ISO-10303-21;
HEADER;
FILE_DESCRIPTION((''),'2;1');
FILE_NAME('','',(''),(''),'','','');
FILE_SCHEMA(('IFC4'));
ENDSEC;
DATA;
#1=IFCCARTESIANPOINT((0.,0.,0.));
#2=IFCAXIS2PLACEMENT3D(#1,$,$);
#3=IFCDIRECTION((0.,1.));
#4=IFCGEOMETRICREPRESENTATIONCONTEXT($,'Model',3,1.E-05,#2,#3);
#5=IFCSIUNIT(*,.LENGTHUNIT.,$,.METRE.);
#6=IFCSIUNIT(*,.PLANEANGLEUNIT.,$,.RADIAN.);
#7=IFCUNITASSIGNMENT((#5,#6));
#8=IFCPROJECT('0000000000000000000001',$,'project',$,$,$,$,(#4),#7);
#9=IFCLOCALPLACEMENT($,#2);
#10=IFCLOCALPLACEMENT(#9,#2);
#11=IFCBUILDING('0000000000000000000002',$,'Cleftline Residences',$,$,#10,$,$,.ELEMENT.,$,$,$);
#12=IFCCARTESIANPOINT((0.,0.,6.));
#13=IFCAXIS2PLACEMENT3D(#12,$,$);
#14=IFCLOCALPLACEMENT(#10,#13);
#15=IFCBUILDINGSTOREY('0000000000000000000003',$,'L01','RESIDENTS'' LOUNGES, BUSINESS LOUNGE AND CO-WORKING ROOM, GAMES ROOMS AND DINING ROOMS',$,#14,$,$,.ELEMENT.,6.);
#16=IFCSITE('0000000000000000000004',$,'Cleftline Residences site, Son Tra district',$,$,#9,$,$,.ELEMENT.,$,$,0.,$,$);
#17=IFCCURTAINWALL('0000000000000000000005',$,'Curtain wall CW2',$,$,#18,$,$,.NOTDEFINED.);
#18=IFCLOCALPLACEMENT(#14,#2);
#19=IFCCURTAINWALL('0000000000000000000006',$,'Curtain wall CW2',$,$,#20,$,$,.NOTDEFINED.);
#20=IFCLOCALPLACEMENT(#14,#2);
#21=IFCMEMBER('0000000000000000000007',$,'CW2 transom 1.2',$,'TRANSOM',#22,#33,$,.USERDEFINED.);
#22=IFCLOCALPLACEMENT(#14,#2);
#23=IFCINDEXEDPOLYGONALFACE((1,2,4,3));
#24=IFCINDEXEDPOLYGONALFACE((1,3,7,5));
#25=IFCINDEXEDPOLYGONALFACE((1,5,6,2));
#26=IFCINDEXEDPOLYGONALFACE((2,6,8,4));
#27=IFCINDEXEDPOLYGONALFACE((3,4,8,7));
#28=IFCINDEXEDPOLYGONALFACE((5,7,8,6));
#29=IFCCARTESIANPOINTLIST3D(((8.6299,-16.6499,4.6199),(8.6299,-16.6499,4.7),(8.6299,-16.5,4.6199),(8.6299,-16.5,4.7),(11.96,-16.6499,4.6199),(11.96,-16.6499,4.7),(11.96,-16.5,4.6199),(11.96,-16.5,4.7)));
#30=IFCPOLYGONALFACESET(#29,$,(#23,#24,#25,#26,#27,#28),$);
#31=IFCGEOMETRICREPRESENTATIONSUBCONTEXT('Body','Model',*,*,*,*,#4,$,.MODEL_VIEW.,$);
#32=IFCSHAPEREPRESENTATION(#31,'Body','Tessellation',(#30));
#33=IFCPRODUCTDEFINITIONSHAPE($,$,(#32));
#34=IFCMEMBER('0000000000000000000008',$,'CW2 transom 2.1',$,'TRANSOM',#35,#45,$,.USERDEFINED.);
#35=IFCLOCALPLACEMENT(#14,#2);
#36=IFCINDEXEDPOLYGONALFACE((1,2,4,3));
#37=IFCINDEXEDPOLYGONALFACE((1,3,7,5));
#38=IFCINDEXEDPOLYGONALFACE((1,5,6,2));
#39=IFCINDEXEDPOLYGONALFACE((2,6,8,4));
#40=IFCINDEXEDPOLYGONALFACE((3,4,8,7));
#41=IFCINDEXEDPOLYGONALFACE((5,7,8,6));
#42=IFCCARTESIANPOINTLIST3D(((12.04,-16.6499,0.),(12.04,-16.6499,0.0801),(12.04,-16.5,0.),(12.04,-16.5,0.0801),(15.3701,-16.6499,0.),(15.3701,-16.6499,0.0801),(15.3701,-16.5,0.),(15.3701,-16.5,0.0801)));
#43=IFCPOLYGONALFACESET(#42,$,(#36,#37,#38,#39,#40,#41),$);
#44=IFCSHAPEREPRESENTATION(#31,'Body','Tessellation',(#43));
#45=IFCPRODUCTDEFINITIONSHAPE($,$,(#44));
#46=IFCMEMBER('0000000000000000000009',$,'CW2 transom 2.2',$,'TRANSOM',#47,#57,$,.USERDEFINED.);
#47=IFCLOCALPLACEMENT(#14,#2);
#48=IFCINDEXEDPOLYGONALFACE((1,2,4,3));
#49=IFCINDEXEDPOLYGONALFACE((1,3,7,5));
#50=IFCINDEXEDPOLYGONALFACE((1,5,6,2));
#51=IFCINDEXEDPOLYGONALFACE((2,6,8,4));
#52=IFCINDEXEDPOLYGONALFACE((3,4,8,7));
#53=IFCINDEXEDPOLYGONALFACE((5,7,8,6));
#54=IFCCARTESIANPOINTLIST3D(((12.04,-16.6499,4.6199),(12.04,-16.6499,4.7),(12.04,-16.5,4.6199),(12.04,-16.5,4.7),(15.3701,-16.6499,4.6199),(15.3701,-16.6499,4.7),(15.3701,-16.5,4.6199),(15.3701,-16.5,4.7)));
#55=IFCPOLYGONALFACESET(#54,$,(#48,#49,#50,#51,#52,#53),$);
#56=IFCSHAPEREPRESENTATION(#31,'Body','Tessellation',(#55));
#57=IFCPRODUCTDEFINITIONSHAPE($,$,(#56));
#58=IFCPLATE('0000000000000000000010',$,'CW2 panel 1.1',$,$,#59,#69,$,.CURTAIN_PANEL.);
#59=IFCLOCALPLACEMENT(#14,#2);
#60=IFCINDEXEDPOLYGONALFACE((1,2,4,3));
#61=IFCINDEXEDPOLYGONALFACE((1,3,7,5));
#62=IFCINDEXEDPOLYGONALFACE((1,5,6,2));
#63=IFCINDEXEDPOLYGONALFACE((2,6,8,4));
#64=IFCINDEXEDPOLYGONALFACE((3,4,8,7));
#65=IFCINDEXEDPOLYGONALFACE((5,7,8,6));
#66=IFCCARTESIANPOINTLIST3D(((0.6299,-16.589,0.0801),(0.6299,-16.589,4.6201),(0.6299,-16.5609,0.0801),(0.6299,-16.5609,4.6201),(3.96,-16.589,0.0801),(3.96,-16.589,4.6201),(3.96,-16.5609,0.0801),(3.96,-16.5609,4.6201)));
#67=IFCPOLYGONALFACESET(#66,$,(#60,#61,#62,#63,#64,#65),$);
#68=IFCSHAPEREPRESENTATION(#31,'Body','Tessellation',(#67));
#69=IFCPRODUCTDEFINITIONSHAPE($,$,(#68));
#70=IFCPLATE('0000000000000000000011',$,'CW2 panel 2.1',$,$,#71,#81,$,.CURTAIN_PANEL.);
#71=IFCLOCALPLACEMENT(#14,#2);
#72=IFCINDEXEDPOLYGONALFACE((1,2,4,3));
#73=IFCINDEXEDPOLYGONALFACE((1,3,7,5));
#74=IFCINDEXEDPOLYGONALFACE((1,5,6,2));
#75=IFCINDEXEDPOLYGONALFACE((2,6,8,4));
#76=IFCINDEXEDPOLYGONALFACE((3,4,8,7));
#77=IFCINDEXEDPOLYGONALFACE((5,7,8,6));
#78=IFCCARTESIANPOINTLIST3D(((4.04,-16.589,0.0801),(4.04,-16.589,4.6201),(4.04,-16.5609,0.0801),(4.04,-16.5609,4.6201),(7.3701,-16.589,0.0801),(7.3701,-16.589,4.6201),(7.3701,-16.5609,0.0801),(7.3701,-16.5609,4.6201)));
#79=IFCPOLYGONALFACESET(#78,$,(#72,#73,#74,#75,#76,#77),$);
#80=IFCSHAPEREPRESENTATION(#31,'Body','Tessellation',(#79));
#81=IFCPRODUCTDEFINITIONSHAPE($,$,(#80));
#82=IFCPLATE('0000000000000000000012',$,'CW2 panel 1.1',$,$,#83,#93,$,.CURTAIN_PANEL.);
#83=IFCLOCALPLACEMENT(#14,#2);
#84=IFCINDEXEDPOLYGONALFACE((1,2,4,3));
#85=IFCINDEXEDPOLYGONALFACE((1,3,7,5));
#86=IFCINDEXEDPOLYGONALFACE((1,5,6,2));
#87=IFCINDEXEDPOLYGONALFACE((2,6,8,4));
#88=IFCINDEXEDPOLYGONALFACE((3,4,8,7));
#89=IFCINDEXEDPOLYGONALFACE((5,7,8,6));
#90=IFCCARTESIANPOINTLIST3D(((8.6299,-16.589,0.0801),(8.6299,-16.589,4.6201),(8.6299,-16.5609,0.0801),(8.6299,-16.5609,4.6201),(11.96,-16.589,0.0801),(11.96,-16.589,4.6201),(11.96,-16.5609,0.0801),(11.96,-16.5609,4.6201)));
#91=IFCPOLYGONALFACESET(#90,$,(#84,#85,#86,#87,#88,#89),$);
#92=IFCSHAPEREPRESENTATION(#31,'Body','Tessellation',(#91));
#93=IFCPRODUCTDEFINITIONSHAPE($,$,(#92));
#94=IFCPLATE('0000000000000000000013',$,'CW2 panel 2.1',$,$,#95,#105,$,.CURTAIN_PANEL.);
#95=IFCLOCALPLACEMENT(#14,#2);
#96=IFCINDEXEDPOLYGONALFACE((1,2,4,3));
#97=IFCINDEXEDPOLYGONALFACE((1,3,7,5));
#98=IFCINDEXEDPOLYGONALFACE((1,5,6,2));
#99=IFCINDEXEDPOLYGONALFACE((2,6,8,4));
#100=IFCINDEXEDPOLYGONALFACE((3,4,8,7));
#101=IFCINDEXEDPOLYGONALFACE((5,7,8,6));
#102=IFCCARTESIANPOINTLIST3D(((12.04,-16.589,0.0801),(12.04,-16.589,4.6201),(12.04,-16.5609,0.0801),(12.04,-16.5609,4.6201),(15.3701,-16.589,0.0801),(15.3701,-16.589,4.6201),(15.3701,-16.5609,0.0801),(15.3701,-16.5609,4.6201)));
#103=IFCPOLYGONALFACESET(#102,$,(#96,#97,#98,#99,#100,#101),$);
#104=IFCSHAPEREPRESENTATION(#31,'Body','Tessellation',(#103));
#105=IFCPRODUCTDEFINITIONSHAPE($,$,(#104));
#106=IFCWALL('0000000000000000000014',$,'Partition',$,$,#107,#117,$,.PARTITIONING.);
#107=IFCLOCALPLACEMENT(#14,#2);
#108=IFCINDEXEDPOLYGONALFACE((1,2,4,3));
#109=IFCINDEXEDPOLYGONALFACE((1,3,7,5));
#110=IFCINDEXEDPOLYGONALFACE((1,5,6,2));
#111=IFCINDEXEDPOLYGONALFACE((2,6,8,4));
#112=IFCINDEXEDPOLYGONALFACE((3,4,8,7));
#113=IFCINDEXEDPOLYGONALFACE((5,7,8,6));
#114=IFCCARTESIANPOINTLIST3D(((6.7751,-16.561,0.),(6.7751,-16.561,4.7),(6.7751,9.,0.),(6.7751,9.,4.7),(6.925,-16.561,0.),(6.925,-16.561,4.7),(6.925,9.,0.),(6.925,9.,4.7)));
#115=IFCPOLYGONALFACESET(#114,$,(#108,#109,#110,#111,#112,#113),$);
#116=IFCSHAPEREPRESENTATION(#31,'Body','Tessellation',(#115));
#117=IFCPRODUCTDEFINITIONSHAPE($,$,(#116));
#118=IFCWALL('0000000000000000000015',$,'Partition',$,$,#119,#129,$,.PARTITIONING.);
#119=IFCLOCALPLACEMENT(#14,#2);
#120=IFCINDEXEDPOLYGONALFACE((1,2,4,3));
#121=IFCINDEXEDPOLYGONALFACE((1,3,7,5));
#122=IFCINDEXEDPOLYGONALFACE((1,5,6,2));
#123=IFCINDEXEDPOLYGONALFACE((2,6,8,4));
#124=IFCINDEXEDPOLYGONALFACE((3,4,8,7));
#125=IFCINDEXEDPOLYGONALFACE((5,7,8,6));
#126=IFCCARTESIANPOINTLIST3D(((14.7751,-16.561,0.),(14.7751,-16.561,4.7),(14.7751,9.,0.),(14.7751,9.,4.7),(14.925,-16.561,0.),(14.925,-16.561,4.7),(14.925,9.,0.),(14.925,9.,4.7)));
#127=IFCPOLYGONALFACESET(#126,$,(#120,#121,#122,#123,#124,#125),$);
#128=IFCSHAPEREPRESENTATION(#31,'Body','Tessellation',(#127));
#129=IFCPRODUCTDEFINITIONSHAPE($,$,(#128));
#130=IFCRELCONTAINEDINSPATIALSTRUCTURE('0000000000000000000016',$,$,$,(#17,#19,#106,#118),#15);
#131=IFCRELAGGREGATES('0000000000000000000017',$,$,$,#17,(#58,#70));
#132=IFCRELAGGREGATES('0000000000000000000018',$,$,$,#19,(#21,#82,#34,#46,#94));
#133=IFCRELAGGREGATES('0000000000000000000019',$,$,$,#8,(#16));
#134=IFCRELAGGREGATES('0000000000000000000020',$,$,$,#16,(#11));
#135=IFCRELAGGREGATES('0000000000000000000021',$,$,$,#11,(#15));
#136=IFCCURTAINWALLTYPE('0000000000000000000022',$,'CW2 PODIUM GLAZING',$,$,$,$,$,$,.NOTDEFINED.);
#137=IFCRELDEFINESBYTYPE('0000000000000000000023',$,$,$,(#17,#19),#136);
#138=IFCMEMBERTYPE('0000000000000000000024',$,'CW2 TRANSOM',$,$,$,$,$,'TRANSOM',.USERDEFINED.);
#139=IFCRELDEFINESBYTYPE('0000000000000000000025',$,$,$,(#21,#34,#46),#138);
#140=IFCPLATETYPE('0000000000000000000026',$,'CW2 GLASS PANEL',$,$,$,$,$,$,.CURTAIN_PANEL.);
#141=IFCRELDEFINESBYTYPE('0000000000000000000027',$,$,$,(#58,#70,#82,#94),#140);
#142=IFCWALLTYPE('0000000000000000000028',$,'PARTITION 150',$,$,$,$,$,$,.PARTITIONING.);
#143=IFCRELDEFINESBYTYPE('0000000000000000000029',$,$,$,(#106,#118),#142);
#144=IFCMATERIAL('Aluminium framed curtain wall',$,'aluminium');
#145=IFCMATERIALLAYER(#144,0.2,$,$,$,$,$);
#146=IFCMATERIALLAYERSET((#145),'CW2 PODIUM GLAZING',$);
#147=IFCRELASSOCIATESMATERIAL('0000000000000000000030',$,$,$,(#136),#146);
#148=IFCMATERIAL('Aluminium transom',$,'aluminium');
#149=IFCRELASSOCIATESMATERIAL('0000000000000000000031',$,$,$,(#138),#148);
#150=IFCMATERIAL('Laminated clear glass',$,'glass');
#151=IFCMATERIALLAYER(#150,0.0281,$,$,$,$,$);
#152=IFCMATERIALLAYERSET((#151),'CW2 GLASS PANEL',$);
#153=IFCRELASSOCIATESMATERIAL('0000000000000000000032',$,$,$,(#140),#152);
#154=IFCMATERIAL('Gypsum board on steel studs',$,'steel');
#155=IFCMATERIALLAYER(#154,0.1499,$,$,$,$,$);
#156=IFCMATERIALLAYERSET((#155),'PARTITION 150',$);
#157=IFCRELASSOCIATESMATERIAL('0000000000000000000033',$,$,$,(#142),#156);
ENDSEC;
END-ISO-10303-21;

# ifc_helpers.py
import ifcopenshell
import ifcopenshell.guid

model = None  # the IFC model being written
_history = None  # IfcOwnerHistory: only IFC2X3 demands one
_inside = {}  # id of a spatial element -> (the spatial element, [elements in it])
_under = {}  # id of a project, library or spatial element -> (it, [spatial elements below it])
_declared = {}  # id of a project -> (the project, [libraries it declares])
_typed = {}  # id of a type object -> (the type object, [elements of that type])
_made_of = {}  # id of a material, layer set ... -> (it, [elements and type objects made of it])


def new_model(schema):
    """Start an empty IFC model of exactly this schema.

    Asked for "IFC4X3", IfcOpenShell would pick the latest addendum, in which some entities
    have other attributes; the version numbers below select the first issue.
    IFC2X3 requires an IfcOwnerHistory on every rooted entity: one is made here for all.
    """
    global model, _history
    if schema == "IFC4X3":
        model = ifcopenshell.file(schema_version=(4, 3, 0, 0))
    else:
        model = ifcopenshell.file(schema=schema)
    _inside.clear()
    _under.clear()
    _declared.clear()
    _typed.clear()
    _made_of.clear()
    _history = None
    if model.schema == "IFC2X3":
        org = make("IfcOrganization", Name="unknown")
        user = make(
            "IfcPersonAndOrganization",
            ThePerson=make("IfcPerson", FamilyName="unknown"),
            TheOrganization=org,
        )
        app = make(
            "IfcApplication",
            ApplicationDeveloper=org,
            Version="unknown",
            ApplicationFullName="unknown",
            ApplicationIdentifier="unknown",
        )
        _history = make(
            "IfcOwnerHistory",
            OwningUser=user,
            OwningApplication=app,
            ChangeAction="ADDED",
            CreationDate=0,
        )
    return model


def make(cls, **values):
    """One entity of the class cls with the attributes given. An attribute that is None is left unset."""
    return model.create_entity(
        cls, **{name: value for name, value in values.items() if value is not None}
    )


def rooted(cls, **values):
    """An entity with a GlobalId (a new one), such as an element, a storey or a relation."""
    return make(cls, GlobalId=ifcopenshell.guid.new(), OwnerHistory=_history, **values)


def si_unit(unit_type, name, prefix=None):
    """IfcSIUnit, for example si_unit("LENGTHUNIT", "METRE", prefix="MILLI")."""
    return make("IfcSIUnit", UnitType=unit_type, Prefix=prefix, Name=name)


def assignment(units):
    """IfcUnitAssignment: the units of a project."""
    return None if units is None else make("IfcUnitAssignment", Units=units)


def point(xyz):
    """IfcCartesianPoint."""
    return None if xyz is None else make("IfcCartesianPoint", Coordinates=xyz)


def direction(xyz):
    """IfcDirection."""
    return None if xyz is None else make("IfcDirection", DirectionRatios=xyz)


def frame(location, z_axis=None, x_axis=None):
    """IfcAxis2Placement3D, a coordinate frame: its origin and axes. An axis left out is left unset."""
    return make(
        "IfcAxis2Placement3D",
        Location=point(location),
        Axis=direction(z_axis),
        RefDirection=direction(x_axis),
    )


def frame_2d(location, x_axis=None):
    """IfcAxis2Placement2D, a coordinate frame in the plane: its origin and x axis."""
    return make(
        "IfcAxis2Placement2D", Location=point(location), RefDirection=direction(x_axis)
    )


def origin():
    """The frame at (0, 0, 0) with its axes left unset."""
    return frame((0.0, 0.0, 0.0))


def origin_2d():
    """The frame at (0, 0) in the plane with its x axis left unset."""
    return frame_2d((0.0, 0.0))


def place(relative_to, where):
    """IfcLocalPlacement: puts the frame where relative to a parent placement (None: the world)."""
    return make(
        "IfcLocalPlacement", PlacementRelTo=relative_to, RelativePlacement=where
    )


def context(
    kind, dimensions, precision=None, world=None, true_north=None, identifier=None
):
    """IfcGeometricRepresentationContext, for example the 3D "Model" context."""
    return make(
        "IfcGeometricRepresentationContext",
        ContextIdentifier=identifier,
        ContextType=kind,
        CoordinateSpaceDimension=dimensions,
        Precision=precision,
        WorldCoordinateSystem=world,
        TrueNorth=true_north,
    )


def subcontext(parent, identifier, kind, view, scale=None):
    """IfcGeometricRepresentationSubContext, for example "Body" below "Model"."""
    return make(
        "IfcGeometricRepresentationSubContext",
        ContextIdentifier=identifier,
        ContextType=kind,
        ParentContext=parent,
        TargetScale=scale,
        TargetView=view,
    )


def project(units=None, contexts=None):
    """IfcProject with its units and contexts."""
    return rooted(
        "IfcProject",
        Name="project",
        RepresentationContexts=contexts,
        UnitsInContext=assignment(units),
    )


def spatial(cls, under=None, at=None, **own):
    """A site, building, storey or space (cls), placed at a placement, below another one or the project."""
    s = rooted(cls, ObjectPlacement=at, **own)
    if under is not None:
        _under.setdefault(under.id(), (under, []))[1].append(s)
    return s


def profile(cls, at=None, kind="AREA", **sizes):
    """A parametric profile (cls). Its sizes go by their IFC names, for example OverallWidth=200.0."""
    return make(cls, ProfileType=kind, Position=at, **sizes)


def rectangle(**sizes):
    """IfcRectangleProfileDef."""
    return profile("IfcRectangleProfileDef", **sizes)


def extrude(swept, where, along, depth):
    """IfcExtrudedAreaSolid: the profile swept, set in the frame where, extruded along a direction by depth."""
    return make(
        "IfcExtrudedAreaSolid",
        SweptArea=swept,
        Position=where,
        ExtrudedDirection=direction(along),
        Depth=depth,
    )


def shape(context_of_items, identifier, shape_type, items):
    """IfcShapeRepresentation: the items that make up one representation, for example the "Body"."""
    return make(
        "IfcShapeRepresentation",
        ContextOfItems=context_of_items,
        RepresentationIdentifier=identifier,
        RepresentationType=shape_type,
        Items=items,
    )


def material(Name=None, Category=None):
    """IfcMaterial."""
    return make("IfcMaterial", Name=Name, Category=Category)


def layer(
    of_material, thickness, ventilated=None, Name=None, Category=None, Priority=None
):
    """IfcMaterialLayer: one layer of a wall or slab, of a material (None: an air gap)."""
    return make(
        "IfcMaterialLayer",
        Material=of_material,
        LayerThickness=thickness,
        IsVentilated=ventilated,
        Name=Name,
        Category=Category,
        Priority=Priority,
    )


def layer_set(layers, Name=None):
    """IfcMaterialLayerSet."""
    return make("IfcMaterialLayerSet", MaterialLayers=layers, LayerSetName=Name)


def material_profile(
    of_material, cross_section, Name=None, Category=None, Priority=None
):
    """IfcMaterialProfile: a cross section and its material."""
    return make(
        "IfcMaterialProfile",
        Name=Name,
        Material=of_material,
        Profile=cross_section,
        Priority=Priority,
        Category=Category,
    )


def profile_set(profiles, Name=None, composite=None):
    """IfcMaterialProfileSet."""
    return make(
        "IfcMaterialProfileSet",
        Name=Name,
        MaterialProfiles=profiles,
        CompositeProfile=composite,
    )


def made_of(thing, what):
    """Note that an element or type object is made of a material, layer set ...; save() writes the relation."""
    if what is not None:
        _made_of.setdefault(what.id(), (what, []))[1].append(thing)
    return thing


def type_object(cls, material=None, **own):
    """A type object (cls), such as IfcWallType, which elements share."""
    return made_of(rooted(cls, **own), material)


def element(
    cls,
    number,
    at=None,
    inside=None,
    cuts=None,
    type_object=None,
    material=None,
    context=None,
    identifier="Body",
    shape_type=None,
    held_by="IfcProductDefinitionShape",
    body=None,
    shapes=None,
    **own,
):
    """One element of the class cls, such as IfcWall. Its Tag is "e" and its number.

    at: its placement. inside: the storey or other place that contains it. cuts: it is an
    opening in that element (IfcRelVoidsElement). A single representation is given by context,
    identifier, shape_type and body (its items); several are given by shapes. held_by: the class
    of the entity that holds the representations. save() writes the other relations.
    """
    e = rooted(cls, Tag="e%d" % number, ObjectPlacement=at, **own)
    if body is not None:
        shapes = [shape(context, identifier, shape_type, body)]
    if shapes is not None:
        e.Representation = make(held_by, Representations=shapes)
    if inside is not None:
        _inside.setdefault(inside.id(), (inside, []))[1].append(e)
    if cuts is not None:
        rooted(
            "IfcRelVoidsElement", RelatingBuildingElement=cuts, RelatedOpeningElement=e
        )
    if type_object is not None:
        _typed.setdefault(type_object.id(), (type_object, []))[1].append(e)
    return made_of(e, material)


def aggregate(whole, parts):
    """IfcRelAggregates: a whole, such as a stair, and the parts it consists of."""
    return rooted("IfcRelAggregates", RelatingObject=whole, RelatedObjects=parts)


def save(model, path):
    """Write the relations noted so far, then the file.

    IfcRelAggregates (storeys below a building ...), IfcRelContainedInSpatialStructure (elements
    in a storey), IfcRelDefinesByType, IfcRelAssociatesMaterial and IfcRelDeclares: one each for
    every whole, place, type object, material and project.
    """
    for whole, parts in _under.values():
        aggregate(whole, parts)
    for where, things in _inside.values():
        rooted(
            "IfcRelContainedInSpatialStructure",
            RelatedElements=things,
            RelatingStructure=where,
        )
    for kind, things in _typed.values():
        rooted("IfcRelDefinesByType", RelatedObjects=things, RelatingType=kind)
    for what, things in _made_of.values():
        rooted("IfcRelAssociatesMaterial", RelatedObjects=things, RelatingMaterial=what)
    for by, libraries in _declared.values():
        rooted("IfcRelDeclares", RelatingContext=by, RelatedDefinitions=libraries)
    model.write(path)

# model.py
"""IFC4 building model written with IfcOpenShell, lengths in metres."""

from ifc_helpers import new_model, si_unit, direction, frame, frame_2d, origin, origin_2d, place, context, subcontext, project, spatial, rectangle, extrude, material, layer, layer_set, material_profile, profile_set, type_object, element, aggregate, save


model = new_model("IFC4")

# Units and contexts
model_context = context("Model", 3, precision=1e-05, world=origin(), true_north=direction((0.0, 1.0)))
body_context = subcontext(model_context, "Body", "Model", "MODEL_VIEW")
ifc_project = project(units=[si_unit("LENGTHUNIT", "METRE"), si_unit("PLANEANGLEUNIT", "RADIAN")], contexts=[model_context])

# Site, building, storey
site_placement = place(None, origin())
site = spatial("IfcSite", under=ifc_project, at=site_placement, Name="Cleftline Residences site, Son Tra district", CompositionType="ELEMENT", RefElevation=0.0)
building_placement = place(site_placement, origin())
building = spatial("IfcBuilding", under=site, at=building_placement, Name="Cleftline Residences", CompositionType="ELEMENT")
storey_placement = place(building_placement, frame((0.0, 0.0, 6.0)))
storey = spatial("IfcBuildingStorey", under=building, at=storey_placement, Name="L01", Description="RESIDENTS' LOUNGES, BUSINESS LOUNGE AND CO-WORKING ROOM, GAMES ROOMS AND DINING ROOMS", CompositionType="ELEMENT", Elevation=6.0)

# Curtain walls
ifc_material_1 = material(Name="Aluminium framed curtain wall", Category="aluminium")
ifc_layer_1 = layer(ifc_material_1, 0.2)
ifc_layer_set_1 = layer_set([ifc_layer_1], Name="CW2 PODIUM GLAZING")
curtain_wall_type = type_object("IfcCurtainWallType", Name="CW2 PODIUM GLAZING", PredefinedType="NOTDEFINED", material=ifc_layer_set_1)
curtain_wall_1_placement = place(storey_placement, origin())
curtain_wall_1 = element("IfcCurtainWall", 1, at=curtain_wall_1_placement, inside=storey, type_object=curtain_wall_type, Name="Curtain wall CW2", PredefinedType="NOTDEFINED")
curtain_wall_2_placement = place(storey_placement, origin())
curtain_wall_2 = element("IfcCurtainWall", 2, at=curtain_wall_2_placement, inside=storey, type_object=curtain_wall_type, Name="Curtain wall CW2", PredefinedType="NOTDEFINED")

# Members
ifc_material_2 = material(Name="Aluminium transom", Category="aluminium")
ifc_material_profile_1 = material_profile(ifc_material_2, rectangle(XDim=0.1499, YDim=0.0801, at=origin_2d()))
ifc_profile_set_1 = profile_set([ifc_material_profile_1], Name="Aluminium transom")
member_type_1 = type_object("IfcMemberType", Name="CW2 TRANSOM", ElementType="TRANSOM", PredefinedType="USERDEFINED", material=ifc_profile_set_1)
member_1_placement = place(storey_placement, frame((8.6299, -16.575, 4.6599), z_axis=(1.0, 0.0, 0.0), x_axis=(0.0, 1.0, 0.0)))
member_1 = element("IfcMember", 3, at=member_1_placement, type_object=member_type_1, Name="CW2 transom 1.2", ObjectType="TRANSOM", PredefinedType="USERDEFINED", context=body_context, shape_type="SweptSolid", body=[
    extrude(rectangle(XDim=0.1499, YDim=0.0801, at=origin_2d()), origin(), (0.0, 0.0, 1.0), 3.3301),
])
member_2_placement = place(storey_placement, frame((12.04, -16.575, 0.04), z_axis=(1.0, 0.0, 0.0), x_axis=(0.0, 1.0, 0.0)))
member_2 = element("IfcMember", 4, at=member_2_placement, type_object=member_type_1, Name="CW2 transom 2.1", ObjectType="TRANSOM", PredefinedType="USERDEFINED", context=body_context, shape_type="SweptSolid", body=[
    extrude(rectangle(XDim=0.1499, YDim=0.0801, at=origin_2d()), origin(), (0.0, 0.0, 1.0), 3.3301),
])
member_3_placement = place(storey_placement, frame((12.04, -16.575, 4.6599), z_axis=(1.0, 0.0, 0.0), x_axis=(0.0, 1.0, 0.0)))
member_3 = element("IfcMember", 5, at=member_3_placement, type_object=member_type_1, Name="CW2 transom 2.2", ObjectType="TRANSOM", PredefinedType="USERDEFINED", context=body_context, shape_type="SweptSolid", body=[
    extrude(rectangle(XDim=0.1499, YDim=0.0801, at=origin_2d()), origin(), (0.0, 0.0, 1.0), 3.3301),
])

# Plates
ifc_material_3 = material(Name="Laminated clear glass", Category="glass")
ifc_layer_2 = layer(ifc_material_3, 0.0281)
ifc_layer_set_2 = layer_set([ifc_layer_2], Name="CW2 GLASS PANEL")
plate_type = type_object("IfcPlateType", Name="CW2 GLASS PANEL", PredefinedType="CURTAIN_PANEL", material=ifc_layer_set_2)
plate_1_placement = place(storey_placement, frame((2.2949, -16.575, 0.0801), z_axis=(0.0, 0.0, 1.0), x_axis=(1.0, 0.0, 0.0)))
plate_1 = element("IfcPlate", 6, at=plate_1_placement, type_object=plate_type, Name="CW2 panel 1.1", PredefinedType="CURTAIN_PANEL", context=body_context, shape_type="SweptSolid", body=[
    extrude(rectangle(XDim=3.3301, YDim=0.0281, at=origin_2d()), origin(), (0.0, 0.0, 1.0), 4.54),
])
plate_2_placement = place(storey_placement, frame((5.7051, -16.575, 0.0801), z_axis=(0.0, 0.0, 1.0), x_axis=(1.0, 0.0, 0.0)))
plate_2 = element("IfcPlate", 7, at=plate_2_placement, type_object=plate_type, Name="CW2 panel 2.1", PredefinedType="CURTAIN_PANEL", context=body_context, shape_type="SweptSolid", body=[
    extrude(rectangle(XDim=3.3301, YDim=0.0281, at=origin_2d()), origin(), (0.0, 0.0, 1.0), 4.54),
])
aggregate(curtain_wall_1, [plate_1, plate_2])
plate_3_placement = place(storey_placement, frame((10.2949, -16.575, 0.0801), z_axis=(0.0, 0.0, 1.0), x_axis=(1.0, 0.0, 0.0)))
plate_3 = element("IfcPlate", 8, at=plate_3_placement, type_object=plate_type, Name="CW2 panel 1.1", PredefinedType="CURTAIN_PANEL", context=body_context, shape_type="SweptSolid", body=[
    extrude(rectangle(XDim=3.3301, YDim=0.0281, at=origin_2d()), origin(), (0.0, 0.0, 1.0), 4.54),
])
plate_4_placement = place(storey_placement, frame((13.7051, -16.575, 0.0801), z_axis=(0.0, 0.0, 1.0), x_axis=(1.0, 0.0, 0.0)))
plate_4 = element("IfcPlate", 9, at=plate_4_placement, type_object=plate_type, Name="CW2 panel 2.1", PredefinedType="CURTAIN_PANEL", context=body_context, shape_type="SweptSolid", body=[
    extrude(rectangle(XDim=3.3301, YDim=0.0281, at=origin_2d()), origin(), (0.0, 0.0, 1.0), 4.54),
])
aggregate(curtain_wall_2, [member_1, plate_3, member_2, member_3, plate_4])

# Walls
ifc_material_4 = material(Name="Gypsum board on steel studs", Category="steel")
ifc_layer_3 = layer(ifc_material_4, 0.1499)
ifc_layer_set_3 = layer_set([ifc_layer_3], Name="PARTITION 150")
wall_type = type_object("IfcWallType", Name="PARTITION 150", PredefinedType="PARTITIONING", material=ifc_layer_set_3)
for number, where, z_axis, x_axis, name in (
    (10, (6.8501, -16.561, 0.0), (0.0, 0.0, 1.0), (0.0, 1.0, 0.0), "Partition"),
    (11, (14.8501, -16.561, 0.0), (0.0, 0.0, 1.0), (0.0, 1.0, 0.0), "Partition"),
):
    element("IfcWall", number, at=place(storey_placement, frame(where, z_axis=z_axis, x_axis=x_axis)), inside=storey, type_object=wall_type, Name=name, PredefinedType="PARTITIONING", context=body_context, shape_type="SweptSolid", body=[
        extrude(rectangle(XDim=25.561, YDim=0.1499, at=frame_2d((12.7805, 0.0))), origin(), (0.0, 0.0, 1.0), 4.7),
    ])

save(model, "model.ifc")
